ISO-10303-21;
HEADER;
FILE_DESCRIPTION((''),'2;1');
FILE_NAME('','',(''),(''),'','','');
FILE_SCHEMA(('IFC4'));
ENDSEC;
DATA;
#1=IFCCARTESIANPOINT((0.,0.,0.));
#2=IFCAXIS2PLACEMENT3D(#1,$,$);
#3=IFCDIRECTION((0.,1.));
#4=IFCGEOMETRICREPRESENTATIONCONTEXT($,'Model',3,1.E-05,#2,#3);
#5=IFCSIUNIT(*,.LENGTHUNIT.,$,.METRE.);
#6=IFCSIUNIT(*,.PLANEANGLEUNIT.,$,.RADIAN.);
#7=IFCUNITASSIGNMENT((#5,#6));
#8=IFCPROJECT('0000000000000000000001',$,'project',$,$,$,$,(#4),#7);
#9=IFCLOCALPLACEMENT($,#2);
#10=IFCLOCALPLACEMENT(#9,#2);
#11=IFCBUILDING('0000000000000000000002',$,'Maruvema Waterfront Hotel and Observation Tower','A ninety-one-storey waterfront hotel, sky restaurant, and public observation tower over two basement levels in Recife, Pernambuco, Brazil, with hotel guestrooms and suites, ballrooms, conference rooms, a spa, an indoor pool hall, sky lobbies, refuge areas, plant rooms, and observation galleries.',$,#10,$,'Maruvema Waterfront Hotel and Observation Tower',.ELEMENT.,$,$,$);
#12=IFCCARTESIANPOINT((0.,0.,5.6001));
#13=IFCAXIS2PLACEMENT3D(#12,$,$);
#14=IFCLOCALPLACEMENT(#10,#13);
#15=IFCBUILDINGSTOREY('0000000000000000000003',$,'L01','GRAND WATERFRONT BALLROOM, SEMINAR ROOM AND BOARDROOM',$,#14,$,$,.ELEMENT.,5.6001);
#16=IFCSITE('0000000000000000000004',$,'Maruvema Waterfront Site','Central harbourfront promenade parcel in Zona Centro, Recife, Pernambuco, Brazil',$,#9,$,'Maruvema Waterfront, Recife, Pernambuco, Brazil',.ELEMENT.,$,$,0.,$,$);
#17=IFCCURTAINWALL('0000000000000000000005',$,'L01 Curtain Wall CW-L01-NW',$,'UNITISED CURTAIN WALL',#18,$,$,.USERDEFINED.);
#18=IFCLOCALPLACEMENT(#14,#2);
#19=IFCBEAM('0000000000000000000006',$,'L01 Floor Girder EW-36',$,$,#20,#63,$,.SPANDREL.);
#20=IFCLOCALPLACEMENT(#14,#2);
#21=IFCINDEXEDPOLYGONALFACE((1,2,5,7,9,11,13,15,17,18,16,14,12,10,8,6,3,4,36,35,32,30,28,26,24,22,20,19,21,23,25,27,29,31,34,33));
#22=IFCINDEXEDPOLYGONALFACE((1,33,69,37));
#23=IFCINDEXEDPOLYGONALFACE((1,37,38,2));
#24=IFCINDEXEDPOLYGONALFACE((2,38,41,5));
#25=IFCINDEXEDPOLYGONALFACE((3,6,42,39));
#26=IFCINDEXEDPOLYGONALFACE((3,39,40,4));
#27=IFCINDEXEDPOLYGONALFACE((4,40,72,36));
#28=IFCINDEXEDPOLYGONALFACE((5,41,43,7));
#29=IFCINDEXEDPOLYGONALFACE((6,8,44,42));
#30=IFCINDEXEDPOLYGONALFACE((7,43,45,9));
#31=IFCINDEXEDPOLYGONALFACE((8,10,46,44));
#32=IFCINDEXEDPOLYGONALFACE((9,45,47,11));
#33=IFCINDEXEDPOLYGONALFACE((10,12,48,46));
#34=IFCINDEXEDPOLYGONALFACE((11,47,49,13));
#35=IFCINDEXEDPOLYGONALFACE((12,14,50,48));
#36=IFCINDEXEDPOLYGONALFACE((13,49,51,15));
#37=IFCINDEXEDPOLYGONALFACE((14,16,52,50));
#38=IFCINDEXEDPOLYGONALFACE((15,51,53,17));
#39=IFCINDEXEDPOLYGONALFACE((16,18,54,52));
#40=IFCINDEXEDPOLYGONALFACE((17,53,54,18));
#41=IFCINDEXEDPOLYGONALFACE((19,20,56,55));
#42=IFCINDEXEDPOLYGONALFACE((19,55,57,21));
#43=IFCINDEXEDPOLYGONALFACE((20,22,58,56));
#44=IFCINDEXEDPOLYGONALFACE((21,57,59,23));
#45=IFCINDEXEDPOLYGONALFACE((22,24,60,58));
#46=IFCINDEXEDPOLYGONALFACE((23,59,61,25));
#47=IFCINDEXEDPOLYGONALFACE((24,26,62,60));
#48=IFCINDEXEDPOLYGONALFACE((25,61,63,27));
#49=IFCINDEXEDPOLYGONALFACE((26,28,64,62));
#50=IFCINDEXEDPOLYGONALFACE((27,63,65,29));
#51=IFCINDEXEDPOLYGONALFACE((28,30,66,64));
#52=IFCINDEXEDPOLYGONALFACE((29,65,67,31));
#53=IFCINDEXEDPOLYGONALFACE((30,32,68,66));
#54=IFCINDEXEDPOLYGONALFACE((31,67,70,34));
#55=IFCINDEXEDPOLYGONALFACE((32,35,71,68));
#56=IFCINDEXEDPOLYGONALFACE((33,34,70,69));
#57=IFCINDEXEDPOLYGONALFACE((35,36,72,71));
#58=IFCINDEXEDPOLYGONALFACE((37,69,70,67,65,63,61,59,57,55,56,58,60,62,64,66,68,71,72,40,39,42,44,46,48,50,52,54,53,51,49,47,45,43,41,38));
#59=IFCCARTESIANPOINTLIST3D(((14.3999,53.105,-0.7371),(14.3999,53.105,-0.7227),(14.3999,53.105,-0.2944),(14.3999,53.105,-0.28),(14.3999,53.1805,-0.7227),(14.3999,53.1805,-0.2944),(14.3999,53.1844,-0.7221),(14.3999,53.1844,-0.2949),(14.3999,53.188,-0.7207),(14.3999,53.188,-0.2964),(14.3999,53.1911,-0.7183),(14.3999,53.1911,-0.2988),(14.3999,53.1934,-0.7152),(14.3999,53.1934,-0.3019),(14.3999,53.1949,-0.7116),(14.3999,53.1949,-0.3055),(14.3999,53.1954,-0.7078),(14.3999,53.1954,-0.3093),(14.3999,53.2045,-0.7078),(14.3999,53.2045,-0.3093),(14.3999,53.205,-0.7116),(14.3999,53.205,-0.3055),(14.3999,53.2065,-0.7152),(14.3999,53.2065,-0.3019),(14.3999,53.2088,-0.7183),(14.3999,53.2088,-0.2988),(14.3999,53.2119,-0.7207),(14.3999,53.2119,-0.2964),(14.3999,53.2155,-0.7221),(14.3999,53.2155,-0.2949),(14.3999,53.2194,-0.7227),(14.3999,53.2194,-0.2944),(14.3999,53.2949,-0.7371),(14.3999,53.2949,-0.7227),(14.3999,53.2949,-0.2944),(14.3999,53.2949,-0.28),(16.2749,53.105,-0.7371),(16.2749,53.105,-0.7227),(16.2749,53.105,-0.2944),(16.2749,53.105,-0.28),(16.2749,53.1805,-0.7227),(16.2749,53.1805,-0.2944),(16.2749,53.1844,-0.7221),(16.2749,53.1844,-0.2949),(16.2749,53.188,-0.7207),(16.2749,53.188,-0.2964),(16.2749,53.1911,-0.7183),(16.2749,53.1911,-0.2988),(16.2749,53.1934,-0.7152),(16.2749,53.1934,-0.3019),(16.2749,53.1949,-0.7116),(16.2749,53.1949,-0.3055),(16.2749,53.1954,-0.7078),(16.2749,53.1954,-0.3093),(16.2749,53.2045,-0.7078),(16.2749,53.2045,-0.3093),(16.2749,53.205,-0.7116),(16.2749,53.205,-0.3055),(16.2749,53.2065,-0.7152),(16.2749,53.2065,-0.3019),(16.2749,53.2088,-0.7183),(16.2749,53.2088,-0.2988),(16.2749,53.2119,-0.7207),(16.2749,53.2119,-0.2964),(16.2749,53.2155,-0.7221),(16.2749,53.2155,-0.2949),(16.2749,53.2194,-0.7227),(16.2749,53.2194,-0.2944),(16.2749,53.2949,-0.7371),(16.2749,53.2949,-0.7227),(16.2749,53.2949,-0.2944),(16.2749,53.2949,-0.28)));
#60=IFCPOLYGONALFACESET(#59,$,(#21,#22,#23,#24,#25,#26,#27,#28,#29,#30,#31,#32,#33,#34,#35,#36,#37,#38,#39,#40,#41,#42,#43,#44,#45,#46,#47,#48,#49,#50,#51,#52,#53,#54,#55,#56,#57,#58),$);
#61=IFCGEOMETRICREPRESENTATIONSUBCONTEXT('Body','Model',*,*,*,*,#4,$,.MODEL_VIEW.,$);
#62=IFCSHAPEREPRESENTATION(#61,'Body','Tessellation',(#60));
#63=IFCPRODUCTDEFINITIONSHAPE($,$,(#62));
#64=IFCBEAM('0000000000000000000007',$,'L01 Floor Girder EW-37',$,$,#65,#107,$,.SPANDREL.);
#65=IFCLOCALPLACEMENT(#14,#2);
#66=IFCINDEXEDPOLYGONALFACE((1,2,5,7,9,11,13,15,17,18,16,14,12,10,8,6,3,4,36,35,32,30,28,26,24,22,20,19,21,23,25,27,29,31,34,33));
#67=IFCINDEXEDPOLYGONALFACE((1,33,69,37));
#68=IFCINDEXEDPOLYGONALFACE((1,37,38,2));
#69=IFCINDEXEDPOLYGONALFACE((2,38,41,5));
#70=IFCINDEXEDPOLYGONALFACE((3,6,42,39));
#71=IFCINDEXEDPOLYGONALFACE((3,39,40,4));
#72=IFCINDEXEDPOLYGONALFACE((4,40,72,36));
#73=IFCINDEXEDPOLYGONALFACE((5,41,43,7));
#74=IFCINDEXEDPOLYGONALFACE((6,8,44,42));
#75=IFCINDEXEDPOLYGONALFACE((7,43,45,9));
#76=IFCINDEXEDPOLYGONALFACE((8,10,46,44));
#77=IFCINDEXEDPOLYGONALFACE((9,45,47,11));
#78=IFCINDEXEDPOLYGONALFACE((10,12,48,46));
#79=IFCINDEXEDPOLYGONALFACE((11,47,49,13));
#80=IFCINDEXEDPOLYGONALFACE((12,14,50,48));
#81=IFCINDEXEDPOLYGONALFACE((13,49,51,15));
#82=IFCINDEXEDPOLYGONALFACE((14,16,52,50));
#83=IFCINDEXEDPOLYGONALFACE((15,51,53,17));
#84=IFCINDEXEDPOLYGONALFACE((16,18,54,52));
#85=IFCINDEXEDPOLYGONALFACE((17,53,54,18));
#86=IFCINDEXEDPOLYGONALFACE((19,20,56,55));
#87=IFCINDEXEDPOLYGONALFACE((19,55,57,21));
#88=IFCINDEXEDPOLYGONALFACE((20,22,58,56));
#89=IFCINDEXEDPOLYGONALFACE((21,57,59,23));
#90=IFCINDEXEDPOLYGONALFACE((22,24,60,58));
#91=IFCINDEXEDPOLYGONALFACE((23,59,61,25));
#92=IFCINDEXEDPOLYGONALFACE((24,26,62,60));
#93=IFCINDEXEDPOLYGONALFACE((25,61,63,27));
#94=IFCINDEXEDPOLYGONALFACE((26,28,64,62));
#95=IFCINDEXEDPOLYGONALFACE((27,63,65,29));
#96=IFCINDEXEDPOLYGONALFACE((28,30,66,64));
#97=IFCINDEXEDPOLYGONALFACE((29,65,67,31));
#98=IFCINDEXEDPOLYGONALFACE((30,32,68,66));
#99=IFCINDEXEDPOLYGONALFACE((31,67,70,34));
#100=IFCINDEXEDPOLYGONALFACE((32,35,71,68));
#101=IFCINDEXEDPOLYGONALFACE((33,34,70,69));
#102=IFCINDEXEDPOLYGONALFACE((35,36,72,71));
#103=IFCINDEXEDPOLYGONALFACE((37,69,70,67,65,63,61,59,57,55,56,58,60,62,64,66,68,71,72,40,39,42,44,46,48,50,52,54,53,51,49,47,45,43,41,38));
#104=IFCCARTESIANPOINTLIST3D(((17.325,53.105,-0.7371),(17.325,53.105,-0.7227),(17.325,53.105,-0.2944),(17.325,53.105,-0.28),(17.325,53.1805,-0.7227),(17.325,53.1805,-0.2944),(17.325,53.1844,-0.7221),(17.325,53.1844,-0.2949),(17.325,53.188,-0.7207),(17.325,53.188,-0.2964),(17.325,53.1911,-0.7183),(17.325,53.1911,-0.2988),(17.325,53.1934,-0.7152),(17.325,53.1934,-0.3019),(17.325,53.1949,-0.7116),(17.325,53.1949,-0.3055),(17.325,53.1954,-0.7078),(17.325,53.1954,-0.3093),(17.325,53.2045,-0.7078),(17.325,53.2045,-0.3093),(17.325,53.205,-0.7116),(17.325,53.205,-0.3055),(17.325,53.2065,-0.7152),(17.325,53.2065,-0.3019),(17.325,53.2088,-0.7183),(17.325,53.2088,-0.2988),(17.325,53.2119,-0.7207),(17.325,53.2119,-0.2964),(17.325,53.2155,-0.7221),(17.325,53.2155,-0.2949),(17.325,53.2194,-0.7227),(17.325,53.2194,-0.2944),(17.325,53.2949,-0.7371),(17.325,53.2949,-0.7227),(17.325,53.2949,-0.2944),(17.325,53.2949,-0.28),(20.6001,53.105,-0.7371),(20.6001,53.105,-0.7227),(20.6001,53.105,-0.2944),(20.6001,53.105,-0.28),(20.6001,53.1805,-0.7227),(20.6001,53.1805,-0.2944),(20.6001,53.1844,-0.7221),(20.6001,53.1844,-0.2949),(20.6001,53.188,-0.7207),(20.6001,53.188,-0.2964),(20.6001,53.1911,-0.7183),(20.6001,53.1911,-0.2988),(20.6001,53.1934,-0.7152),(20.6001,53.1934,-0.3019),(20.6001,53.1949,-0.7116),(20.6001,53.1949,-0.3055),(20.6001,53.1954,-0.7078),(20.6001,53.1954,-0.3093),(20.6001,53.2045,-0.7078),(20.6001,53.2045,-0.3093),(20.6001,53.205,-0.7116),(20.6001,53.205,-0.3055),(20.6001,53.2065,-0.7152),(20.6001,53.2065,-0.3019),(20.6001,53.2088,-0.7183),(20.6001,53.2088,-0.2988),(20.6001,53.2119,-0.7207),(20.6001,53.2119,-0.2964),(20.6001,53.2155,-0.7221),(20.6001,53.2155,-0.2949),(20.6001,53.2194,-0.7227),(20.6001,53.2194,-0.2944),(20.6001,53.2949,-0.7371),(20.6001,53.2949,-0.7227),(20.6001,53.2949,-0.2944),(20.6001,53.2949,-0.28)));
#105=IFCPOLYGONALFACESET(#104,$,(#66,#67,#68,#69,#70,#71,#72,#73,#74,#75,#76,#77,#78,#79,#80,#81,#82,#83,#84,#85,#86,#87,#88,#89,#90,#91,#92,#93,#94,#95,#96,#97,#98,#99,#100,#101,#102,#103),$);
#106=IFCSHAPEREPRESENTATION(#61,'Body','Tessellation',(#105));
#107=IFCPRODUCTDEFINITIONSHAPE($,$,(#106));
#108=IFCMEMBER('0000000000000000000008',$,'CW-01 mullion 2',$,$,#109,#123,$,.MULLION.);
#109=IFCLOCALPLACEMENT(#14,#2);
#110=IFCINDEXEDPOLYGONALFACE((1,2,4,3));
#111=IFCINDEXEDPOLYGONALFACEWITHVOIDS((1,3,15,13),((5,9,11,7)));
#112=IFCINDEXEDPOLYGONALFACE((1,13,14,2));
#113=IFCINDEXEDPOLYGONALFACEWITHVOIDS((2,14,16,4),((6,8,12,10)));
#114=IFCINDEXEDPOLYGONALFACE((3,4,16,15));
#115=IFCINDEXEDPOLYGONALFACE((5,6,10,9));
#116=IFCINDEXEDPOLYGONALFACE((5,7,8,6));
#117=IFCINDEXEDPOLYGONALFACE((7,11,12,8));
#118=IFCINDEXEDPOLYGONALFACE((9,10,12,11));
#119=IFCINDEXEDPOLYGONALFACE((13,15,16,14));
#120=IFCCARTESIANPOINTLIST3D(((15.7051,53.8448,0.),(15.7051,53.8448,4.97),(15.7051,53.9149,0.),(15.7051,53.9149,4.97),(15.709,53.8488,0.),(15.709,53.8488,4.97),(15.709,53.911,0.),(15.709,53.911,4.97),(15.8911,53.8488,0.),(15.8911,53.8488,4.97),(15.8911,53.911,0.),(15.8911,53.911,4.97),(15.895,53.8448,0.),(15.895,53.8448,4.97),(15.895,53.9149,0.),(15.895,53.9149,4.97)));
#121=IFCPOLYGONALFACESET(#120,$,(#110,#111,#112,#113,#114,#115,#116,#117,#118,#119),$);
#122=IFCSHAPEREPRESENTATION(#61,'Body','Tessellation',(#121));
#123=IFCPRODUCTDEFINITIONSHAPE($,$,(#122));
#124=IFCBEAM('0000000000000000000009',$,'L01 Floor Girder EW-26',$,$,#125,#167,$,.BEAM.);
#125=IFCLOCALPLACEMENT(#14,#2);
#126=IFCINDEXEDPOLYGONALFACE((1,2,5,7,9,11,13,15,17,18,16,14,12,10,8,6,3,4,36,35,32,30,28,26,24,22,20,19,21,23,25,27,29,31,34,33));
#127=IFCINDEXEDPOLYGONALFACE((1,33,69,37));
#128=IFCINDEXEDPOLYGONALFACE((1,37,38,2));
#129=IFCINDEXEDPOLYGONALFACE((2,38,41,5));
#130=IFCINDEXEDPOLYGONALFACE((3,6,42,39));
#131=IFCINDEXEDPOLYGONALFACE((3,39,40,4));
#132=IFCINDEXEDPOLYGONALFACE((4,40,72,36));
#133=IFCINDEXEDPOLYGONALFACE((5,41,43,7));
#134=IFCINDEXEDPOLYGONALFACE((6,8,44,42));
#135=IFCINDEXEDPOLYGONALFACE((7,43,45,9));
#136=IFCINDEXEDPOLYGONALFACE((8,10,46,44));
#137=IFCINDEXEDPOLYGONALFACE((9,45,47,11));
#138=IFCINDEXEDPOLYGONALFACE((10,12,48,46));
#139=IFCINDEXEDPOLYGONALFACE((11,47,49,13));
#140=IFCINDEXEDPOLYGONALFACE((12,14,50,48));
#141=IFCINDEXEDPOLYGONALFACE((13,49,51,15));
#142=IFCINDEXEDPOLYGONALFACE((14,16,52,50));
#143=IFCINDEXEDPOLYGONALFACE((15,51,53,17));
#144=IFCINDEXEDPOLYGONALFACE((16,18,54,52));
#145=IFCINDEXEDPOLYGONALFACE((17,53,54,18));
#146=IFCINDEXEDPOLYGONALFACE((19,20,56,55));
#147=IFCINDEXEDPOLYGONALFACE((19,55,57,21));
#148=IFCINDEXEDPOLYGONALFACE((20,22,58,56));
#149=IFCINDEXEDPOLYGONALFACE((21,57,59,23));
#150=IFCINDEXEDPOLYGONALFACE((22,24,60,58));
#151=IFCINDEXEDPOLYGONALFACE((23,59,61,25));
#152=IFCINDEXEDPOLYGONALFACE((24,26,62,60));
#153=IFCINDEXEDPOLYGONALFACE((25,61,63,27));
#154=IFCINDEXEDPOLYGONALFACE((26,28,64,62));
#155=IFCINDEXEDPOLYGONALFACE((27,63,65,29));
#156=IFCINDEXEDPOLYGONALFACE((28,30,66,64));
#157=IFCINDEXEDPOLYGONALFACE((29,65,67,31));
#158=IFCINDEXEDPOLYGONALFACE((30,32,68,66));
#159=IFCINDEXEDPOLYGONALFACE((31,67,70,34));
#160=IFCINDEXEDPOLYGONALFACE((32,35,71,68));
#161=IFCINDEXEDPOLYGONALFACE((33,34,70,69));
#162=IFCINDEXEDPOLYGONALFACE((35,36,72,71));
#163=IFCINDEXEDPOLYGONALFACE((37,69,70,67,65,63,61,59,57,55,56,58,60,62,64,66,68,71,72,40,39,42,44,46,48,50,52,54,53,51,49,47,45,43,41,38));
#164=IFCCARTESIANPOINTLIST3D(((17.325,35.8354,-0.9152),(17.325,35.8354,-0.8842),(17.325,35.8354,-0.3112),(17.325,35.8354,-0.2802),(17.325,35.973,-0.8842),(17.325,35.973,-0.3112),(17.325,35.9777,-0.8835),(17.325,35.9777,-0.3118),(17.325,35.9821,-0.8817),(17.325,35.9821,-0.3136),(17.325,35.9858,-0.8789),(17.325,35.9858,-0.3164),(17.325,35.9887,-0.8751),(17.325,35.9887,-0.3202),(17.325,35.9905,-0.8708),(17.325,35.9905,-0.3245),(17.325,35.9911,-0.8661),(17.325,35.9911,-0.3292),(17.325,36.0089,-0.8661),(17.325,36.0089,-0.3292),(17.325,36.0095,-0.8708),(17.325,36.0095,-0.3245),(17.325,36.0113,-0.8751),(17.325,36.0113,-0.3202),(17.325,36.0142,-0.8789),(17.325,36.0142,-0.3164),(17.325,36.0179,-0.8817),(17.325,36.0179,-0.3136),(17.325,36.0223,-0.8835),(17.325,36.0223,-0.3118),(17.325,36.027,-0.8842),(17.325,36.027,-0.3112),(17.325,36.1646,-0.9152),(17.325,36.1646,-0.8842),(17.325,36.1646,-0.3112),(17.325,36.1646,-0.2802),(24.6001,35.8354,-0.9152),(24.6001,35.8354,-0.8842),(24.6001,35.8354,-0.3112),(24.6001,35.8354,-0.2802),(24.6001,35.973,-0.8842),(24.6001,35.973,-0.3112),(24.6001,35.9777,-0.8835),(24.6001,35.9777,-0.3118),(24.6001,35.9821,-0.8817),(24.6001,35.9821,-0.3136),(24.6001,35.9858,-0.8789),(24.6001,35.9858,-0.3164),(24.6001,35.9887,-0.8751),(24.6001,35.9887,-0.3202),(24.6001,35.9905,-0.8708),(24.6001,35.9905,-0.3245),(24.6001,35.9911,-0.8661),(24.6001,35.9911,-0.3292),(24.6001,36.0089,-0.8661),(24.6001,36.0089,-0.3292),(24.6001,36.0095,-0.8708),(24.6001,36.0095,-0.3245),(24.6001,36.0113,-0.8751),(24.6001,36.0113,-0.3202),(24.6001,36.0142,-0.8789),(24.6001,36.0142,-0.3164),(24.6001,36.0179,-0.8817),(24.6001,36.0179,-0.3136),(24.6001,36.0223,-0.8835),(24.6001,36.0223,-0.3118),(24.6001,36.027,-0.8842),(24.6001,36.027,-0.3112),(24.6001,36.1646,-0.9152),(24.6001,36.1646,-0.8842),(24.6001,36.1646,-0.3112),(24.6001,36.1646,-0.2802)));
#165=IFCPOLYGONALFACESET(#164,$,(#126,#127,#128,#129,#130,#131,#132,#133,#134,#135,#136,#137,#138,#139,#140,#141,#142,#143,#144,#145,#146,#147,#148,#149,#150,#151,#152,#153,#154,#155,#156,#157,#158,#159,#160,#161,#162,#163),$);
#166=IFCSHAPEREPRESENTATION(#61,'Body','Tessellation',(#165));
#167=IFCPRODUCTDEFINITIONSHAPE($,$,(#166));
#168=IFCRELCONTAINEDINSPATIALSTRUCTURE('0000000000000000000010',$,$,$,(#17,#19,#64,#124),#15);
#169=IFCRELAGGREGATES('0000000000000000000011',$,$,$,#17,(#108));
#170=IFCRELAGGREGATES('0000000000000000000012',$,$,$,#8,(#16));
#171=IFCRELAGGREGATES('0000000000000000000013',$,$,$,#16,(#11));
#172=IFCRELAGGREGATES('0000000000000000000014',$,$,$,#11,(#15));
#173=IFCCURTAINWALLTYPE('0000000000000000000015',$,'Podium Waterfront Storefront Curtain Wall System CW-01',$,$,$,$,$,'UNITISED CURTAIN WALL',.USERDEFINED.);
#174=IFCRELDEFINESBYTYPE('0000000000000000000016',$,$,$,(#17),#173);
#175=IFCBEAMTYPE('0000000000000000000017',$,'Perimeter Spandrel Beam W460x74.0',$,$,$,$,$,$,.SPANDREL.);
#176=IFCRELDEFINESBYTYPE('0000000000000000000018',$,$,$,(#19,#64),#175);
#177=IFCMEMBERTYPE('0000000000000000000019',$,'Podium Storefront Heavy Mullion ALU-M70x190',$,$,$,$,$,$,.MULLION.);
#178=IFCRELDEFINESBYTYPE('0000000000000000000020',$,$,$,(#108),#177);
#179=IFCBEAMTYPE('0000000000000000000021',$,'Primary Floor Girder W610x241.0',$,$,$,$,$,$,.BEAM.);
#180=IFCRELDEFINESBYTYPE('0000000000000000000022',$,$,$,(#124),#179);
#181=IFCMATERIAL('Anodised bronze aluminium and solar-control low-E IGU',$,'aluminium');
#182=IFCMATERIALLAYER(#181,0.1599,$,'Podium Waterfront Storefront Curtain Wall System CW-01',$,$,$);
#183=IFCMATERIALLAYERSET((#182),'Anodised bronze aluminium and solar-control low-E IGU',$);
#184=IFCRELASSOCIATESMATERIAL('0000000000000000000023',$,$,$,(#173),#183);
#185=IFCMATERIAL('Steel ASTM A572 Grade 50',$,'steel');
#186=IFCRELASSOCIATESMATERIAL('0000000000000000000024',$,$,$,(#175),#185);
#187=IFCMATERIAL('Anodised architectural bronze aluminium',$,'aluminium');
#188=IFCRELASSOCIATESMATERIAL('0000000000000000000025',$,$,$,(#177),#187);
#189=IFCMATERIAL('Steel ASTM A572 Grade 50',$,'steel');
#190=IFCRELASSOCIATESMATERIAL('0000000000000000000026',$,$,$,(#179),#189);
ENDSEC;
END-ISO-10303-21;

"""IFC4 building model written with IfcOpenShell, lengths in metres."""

from ifc_helpers import new_model, si_unit, direction, frame, origin, origin_2d, place, context, subcontext, project, spatial, hollow_rectangle, i_section, extrude, material, layer, layer_set, material_profile, profile_set, type_object, element, aggregate, save


model = new_model("IFC4")

# Units and contexts
model_context = context("Model", 3, precision=1e-05, world=origin(), true_north=direction((0.0, 1.0)))
body_context = subcontext(model_context, "Body", "Model", "MODEL_VIEW")
ifc_project = project(units=[si_unit("LENGTHUNIT", "METRE"), si_unit("PLANEANGLEUNIT", "RADIAN")], contexts=[model_context])

# Site, building, storey
site_placement = place(None, origin())
site = spatial("IfcSite", under=ifc_project, at=site_placement, Name="Maruvema Waterfront Site", Description="Central harbourfront promenade parcel in Zona Centro, Recife, Pernambuco, Brazil", LongName="Maruvema Waterfront, Recife, Pernambuco, Brazil", CompositionType="ELEMENT", RefElevation=0.0)
building_placement = place(site_placement, origin())
building = spatial("IfcBuilding", under=site, at=building_placement, Name="Maruvema Waterfront Hotel and Observation Tower", Description="A ninety-one-storey waterfront hotel, sky restaurant, and public observation tower over two basement levels in Recife, Pernambuco, Brazil, with hotel guestrooms and suites, ballrooms, conference rooms, a spa, an indoor pool hall, sky lobbies, refuge areas, plant rooms, and observation galleries.", LongName="Maruvema Waterfront Hotel and Observation Tower", CompositionType="ELEMENT")
storey_placement = place(building_placement, frame((0.0, 0.0, 5.6001)))
storey = spatial("IfcBuildingStorey", under=building, at=storey_placement, Name="L01", Description="GRAND WATERFRONT BALLROOM, SEMINAR ROOM AND BOARDROOM", CompositionType="ELEMENT", Elevation=5.6001)

# Curtain wall
ifc_material_1 = material(Name="Anodised bronze aluminium and solar-control low-E IGU", Category="aluminium")
ifc_layer_1 = layer(ifc_material_1, 0.1599, Name="Podium Waterfront Storefront Curtain Wall System CW-01")
ifc_layer_set_1 = layer_set([ifc_layer_1], Name="Anodised bronze aluminium and solar-control low-E IGU")
curtain_wall_type = type_object("IfcCurtainWallType", Name="Podium Waterfront Storefront Curtain Wall System CW-01", ElementType="UNITISED CURTAIN WALL", PredefinedType="USERDEFINED", material=ifc_layer_set_1)
curtain_wall_placement = place(storey_placement, origin())
curtain_wall = element("IfcCurtainWall", 1, at=curtain_wall_placement, inside=storey, type_object=curtain_wall_type, Name="L01 Curtain Wall CW-L01-NW", ObjectType="UNITISED CURTAIN WALL", PredefinedType="USERDEFINED")

# Beams
ifc_material_2 = material(Name="Steel ASTM A572 Grade 50", Category="steel")
ifc_material_profile_1 = material_profile(ifc_material_2, i_section(OverallWidth=0.1899, OverallDepth=0.457, WebThickness=0.009, FlangeThickness=0.0144, FilletRadius=0.0149, at=origin_2d()), Name="W460x74.0")
ifc_profile_set_1 = profile_set([ifc_material_profile_1], Name="Steel ASTM A572 Grade 50")
beam_type_1 = type_object("IfcBeamType", Name="Perimeter Spandrel Beam W460x74.0", PredefinedType="SPANDREL", material=ifc_profile_set_1)
beam_1_placement = place(storey_placement, frame((14.3999, 53.2, -0.5085), z_axis=(1.0, 0.0, 0.0), x_axis=(0.0, 1.0, 0.0)))
element("IfcBeam", 2, at=beam_1_placement, inside=storey, type_object=beam_type_1, Name="L01 Floor Girder EW-36", PredefinedType="SPANDREL", context=body_context, shape_type="SweptSolid", body=[
    extrude(i_section(OverallWidth=0.1899, OverallDepth=0.457, WebThickness=0.009, FlangeThickness=0.0144, FilletRadius=0.0149, at=origin_2d()), origin(), (0.0, 0.0, 1.0), 1.875),
])
beam_2_placement = place(storey_placement, frame((17.325, 53.2, -0.5085), z_axis=(1.0, 0.0, 0.0), x_axis=(0.0, 1.0, 0.0)))
element("IfcBeam", 3, at=beam_2_placement, inside=storey, type_object=beam_type_1, Name="L01 Floor Girder EW-37", PredefinedType="SPANDREL", context=body_context, shape_type="SweptSolid", body=[
    extrude(i_section(OverallWidth=0.1899, OverallDepth=0.457, WebThickness=0.009, FlangeThickness=0.0144, FilletRadius=0.0149, at=origin_2d()), origin(), (0.0, 0.0, 1.0), 3.2751),
])

# Member
ifc_material_3 = material(Name="Anodised architectural bronze aluminium", Category="aluminium")
ifc_material_profile_2 = material_profile(ifc_material_3, hollow_rectangle(XDim=0.0701, YDim=0.1899, WallThickness=0.0039, at=origin_2d()), Name="ALU-M70x190")
ifc_profile_set_2 = profile_set([ifc_material_profile_2], Name="Anodised architectural bronze aluminium")
member_type_1 = type_object("IfcMemberType", Name="Podium Storefront Heavy Mullion ALU-M70x190", PredefinedType="MULLION", material=ifc_profile_set_2)
member_1_placement = place(storey_placement, frame((15.8, 53.8799, 0.0), z_axis=(0.0, 0.0, 1.0), x_axis=(0.0, -1.0, 0.0)))
member_1 = element("IfcMember", 4, at=member_1_placement, type_object=member_type_1, Name="CW-01 mullion 2", PredefinedType="MULLION", context=body_context, shape_type="SweptSolid", body=[
    extrude(hollow_rectangle(XDim=0.0701, YDim=0.1899, WallThickness=0.0039, at=origin_2d()), origin(), (0.0, 0.0, 1.0), 4.97),
])

# Beam
ifc_material_4 = material(Name="Steel ASTM A572 Grade 50", Category="steel")
ifc_material_profile_3 = material_profile(ifc_material_4, i_section(OverallWidth=0.3291, OverallDepth=0.635, WebThickness=0.0178, FlangeThickness=0.031, FilletRadius=0.0181, at=origin_2d()), Name="W610x241.0")
ifc_profile_set_3 = profile_set([ifc_material_profile_3], Name="Steel ASTM A572 Grade 50")
beam_type_2 = type_object("IfcBeamType", Name="Primary Floor Girder W610x241.0", PredefinedType="BEAM", material=ifc_profile_set_3)
beam_3_placement = place(storey_placement, frame((17.325, 36.0, -0.5977), z_axis=(1.0, 0.0, 0.0), x_axis=(0.0, 1.0, 0.0)))
element("IfcBeam", 5, at=beam_3_placement, inside=storey, type_object=beam_type_2, Name="L01 Floor Girder EW-26", PredefinedType="BEAM", context=body_context, shape_type="SweptSolid", body=[
    extrude(i_section(OverallWidth=0.3291, OverallDepth=0.635, WebThickness=0.0178, FlangeThickness=0.031, FilletRadius=0.0181, at=origin_2d()), origin(), (0.0, 0.0, 1.0), 7.2751),
])

aggregate(curtain_wall, [member_1])

save(model, "model.ifc")
